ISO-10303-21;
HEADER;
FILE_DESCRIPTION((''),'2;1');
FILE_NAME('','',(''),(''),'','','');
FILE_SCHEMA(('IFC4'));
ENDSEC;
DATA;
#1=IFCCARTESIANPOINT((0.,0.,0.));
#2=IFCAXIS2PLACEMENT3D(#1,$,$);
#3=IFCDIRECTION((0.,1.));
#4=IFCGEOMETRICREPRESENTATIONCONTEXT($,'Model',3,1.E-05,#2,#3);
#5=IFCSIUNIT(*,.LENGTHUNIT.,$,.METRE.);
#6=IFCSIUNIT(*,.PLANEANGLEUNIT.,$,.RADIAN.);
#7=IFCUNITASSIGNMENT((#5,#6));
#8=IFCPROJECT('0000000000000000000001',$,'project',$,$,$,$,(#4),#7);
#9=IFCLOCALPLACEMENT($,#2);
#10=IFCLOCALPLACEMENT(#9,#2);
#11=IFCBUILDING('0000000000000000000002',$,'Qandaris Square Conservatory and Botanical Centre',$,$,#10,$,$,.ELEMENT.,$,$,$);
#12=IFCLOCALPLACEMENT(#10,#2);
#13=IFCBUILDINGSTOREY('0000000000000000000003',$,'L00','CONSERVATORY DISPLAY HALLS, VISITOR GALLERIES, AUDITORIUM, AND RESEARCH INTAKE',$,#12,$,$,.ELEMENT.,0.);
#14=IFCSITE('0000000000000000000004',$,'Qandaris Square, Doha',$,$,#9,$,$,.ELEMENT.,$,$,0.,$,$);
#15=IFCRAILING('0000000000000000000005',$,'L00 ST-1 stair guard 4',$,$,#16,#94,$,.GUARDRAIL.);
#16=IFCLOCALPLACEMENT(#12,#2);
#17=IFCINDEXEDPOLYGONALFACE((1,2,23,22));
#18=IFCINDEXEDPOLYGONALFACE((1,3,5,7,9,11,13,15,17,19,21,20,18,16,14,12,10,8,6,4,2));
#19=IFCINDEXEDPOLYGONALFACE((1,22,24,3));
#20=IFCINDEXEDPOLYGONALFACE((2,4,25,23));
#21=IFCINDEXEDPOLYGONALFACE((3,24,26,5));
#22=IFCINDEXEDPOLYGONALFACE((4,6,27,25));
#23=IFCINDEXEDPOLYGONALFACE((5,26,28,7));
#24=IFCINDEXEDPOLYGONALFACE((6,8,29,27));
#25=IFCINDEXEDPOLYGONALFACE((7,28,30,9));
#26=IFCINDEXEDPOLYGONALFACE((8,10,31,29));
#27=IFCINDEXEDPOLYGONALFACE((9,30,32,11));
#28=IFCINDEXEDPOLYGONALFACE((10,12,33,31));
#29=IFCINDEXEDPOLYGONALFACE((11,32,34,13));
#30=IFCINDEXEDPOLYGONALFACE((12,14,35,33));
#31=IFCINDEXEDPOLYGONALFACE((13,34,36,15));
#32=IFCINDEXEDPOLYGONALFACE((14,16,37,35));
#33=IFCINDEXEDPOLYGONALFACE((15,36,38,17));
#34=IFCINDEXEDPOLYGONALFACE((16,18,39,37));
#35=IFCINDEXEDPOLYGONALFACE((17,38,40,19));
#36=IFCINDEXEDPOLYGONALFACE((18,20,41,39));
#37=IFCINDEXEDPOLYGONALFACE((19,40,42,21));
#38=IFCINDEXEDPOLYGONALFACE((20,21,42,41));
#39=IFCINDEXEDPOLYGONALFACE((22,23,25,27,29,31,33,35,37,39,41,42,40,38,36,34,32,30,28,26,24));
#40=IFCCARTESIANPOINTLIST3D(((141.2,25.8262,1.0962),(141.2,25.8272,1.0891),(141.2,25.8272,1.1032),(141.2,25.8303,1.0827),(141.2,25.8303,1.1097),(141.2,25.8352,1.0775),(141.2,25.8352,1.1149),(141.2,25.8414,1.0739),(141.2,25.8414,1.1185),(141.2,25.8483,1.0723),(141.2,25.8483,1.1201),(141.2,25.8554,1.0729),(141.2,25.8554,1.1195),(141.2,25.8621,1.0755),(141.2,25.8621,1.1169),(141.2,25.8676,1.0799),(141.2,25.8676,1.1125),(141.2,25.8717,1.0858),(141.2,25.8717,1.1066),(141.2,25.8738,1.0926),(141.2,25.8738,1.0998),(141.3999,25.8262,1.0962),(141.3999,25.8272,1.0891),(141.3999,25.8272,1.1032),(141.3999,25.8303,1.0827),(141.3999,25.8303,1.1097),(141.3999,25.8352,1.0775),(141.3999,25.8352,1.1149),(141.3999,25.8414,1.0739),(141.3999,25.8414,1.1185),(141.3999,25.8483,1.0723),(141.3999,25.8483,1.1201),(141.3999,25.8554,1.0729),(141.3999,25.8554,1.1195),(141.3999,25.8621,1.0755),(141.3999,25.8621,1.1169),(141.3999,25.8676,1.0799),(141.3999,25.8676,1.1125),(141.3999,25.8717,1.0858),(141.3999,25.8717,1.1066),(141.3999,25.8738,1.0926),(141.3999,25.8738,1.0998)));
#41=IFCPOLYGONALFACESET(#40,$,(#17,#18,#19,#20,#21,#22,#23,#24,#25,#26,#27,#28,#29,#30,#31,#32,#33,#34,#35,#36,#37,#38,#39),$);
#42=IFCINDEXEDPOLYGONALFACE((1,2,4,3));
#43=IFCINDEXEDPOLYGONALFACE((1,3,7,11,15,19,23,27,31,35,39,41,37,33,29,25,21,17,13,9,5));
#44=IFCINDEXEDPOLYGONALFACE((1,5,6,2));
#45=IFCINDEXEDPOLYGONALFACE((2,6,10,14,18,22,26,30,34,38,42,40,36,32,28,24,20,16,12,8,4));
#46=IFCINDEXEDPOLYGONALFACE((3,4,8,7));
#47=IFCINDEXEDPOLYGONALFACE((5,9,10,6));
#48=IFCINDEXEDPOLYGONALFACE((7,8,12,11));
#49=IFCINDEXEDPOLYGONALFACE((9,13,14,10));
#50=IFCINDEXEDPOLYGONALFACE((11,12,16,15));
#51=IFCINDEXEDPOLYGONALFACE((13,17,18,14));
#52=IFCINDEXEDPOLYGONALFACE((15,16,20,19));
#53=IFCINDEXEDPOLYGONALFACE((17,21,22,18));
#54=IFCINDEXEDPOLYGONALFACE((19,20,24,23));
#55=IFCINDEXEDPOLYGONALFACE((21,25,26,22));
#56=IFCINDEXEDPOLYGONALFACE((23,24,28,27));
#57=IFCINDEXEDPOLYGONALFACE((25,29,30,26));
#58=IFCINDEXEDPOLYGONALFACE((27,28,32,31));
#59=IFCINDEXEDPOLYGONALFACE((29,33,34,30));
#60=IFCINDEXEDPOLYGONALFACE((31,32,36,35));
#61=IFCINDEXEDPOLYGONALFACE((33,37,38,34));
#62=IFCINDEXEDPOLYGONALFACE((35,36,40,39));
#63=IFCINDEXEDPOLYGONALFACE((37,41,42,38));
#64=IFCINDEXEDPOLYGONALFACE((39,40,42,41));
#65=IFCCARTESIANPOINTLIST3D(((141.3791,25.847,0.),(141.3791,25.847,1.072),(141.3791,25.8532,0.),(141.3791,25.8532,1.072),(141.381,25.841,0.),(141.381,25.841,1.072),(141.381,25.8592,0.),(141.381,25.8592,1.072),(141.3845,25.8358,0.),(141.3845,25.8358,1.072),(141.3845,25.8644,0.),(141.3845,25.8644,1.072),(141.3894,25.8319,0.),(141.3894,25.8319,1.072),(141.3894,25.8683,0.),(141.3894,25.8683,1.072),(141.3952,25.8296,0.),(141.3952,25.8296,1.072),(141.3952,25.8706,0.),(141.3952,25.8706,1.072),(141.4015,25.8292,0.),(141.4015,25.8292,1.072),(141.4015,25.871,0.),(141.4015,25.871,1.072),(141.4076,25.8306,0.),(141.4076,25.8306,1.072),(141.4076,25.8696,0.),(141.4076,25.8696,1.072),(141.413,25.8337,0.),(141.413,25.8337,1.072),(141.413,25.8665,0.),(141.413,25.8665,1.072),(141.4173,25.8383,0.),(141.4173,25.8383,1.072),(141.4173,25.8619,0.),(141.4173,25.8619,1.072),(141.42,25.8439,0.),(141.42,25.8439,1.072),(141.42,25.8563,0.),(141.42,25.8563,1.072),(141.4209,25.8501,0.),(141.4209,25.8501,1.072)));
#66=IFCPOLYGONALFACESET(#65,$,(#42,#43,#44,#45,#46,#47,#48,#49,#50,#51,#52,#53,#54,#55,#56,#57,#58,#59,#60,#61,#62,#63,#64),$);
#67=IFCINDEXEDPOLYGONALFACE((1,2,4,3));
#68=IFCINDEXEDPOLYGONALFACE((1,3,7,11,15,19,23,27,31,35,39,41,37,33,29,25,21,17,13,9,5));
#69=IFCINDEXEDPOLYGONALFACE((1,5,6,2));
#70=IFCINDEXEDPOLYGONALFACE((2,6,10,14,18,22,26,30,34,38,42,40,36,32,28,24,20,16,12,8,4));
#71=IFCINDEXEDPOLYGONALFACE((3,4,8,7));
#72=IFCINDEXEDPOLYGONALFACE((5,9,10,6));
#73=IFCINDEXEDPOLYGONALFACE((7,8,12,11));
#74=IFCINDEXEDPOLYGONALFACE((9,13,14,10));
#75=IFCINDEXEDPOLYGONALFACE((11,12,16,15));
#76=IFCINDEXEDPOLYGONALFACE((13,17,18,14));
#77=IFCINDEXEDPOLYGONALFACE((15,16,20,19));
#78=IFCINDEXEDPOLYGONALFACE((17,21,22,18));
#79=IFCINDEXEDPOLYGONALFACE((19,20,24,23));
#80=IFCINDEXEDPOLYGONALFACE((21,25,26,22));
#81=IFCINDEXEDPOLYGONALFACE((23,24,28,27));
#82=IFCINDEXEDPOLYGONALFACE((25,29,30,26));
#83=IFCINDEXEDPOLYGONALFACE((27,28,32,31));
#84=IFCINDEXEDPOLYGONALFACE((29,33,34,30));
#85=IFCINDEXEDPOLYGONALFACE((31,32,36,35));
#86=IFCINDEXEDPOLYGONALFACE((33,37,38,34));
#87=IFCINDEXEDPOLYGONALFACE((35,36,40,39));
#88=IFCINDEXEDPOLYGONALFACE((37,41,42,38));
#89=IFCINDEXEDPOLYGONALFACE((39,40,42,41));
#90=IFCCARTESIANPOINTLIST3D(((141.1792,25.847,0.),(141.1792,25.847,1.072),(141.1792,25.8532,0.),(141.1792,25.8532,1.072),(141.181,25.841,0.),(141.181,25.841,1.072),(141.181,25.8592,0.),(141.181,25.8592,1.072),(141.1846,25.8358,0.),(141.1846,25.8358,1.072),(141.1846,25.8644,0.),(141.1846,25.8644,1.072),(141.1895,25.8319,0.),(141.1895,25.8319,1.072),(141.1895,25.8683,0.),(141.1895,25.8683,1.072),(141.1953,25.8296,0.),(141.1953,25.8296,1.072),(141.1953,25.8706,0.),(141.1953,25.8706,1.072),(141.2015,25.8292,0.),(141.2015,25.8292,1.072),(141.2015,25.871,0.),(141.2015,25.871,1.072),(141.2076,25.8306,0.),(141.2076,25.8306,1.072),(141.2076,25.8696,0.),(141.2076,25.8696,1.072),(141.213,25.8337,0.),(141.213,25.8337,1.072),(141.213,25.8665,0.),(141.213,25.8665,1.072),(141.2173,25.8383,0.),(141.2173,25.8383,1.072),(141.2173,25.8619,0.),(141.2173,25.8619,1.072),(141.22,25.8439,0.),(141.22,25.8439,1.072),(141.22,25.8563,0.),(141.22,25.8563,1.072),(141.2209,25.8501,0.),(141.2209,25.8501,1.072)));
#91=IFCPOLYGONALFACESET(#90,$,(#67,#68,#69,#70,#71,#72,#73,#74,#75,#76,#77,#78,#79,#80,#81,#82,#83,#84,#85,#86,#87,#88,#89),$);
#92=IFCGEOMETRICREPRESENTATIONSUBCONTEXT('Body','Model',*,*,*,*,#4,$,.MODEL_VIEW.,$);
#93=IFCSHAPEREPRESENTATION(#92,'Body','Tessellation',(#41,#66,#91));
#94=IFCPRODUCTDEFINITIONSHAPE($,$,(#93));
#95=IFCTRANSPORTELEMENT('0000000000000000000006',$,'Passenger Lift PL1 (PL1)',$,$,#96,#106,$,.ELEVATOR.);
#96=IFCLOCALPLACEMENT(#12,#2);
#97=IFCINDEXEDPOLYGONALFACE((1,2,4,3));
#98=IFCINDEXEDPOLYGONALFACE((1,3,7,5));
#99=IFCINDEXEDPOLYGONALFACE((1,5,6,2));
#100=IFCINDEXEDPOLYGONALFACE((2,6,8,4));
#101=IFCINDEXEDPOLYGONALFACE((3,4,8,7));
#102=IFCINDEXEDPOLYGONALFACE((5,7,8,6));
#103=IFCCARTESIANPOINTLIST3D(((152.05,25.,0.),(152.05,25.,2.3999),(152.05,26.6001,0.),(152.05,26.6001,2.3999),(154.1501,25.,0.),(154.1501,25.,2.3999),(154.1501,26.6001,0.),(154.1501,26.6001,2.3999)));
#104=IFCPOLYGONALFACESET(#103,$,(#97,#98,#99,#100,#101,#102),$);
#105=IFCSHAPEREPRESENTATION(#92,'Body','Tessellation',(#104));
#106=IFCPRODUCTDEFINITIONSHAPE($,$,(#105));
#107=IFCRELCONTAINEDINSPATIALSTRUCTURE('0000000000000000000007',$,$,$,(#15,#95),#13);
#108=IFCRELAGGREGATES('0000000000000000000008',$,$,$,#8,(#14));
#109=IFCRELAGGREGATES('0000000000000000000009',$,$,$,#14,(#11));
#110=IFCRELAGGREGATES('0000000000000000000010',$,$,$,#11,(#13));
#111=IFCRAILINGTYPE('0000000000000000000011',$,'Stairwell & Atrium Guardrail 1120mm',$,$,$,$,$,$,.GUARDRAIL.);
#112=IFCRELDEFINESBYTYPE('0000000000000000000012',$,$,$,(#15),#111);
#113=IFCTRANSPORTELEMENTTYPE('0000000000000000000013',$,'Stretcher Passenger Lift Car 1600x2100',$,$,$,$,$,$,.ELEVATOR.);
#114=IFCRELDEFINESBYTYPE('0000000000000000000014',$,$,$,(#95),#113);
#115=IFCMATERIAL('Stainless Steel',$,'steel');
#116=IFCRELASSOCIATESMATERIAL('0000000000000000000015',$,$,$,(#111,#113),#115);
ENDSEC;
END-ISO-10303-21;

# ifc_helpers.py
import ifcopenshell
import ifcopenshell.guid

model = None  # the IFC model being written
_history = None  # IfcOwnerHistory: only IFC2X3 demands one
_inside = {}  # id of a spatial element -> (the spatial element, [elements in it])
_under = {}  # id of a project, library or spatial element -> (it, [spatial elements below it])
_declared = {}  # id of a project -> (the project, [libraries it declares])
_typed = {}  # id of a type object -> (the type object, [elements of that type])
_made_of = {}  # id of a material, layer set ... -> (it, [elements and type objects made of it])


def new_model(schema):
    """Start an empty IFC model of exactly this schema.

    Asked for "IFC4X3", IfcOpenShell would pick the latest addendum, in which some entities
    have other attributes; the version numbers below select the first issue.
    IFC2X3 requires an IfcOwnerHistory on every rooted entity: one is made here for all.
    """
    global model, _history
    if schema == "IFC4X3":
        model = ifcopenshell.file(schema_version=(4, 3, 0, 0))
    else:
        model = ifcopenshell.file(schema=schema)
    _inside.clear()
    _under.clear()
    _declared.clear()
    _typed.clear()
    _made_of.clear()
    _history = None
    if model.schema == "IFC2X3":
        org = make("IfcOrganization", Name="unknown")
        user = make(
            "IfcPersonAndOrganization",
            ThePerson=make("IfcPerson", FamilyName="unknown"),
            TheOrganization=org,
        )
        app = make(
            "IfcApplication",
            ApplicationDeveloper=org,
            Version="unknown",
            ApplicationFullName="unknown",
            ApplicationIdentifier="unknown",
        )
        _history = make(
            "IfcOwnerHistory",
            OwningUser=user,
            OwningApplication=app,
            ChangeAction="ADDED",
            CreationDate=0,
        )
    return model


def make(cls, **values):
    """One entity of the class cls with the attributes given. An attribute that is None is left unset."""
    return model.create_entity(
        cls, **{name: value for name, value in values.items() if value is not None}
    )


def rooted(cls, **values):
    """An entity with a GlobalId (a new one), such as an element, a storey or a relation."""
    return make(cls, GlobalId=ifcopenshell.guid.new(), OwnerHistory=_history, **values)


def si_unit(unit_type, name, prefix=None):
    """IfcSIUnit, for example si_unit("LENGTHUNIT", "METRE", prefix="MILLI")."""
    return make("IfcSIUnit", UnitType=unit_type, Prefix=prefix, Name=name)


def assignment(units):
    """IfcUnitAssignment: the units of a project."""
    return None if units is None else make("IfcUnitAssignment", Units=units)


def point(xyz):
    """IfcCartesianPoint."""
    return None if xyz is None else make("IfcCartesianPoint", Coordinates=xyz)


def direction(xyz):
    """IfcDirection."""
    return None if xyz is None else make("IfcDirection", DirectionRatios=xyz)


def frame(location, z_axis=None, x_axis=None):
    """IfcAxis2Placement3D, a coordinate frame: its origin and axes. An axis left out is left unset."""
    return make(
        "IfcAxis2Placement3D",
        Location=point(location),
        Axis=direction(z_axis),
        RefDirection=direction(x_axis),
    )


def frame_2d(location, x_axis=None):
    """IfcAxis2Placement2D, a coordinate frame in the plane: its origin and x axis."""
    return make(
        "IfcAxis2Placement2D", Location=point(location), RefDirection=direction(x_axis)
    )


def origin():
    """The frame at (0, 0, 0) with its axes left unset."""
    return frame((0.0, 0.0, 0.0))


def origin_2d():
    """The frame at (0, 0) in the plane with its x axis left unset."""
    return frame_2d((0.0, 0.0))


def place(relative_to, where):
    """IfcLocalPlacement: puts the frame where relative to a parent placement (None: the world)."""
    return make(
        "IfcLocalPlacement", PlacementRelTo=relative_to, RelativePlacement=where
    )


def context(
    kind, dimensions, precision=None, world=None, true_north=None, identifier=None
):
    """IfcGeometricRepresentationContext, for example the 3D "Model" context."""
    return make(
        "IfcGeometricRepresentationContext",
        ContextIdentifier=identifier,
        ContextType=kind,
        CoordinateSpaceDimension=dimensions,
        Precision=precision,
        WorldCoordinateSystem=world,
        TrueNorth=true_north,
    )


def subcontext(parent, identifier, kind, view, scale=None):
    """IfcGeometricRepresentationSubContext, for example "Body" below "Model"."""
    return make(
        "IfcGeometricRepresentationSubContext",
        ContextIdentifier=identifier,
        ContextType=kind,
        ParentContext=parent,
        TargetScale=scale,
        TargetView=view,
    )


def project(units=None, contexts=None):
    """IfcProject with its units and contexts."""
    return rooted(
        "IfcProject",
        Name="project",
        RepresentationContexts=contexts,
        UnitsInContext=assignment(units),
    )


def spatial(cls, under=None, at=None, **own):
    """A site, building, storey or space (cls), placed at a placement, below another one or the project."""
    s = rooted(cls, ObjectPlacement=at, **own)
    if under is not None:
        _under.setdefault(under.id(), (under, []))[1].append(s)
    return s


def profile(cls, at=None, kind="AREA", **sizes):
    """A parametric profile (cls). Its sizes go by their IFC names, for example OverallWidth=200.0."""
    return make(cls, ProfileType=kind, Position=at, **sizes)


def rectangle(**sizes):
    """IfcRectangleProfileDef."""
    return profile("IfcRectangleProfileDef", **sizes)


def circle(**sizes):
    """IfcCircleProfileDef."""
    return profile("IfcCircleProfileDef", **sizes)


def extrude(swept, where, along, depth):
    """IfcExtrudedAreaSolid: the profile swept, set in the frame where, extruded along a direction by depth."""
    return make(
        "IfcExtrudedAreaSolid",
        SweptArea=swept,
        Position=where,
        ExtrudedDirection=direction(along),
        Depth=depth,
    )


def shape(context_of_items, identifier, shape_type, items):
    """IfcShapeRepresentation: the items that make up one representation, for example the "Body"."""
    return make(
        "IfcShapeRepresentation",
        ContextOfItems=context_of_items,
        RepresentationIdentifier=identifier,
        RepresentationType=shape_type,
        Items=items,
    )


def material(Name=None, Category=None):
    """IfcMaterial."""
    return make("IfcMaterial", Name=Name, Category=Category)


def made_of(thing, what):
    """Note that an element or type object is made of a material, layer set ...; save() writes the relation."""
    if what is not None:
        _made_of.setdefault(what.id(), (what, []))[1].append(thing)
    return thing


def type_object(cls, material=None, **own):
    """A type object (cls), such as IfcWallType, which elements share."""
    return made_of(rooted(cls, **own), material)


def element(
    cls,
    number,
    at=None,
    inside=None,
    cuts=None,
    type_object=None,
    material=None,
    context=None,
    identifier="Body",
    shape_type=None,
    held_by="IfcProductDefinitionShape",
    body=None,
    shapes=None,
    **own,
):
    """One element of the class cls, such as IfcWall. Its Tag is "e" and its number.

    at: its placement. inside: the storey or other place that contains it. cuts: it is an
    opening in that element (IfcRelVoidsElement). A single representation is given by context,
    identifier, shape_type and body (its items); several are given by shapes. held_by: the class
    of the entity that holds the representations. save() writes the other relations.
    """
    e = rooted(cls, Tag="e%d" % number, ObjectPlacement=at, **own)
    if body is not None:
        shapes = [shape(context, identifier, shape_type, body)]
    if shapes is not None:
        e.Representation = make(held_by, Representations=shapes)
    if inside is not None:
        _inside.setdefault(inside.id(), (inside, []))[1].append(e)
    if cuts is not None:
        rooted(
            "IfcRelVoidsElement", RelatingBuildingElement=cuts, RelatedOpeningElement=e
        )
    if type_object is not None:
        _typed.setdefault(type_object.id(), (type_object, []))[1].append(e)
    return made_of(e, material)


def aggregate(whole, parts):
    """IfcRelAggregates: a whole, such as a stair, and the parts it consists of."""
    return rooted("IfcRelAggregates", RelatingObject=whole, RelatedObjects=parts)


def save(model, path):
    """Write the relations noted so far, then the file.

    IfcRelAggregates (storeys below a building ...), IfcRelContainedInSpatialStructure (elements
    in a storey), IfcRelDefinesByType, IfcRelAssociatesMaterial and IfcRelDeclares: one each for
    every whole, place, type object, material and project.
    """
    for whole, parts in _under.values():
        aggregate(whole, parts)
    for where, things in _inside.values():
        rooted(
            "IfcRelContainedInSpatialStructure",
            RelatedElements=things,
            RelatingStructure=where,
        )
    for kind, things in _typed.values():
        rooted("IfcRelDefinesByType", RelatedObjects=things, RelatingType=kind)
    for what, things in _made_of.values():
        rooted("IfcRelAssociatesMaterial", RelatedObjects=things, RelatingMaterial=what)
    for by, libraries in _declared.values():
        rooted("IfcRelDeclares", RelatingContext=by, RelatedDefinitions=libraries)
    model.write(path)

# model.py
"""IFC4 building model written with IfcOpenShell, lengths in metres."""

from ifc_helpers import new_model, si_unit, direction, frame, origin, origin_2d, place, context, subcontext, project, spatial, rectangle, circle, extrude, material, type_object, element, save


model = new_model("IFC4")

# Units and contexts
model_context = context("Model", 3, precision=1e-05, world=origin(), true_north=direction((0.0, 1.0)))
body_context = subcontext(model_context, "Body", "Model", "MODEL_VIEW")
ifc_project = project(units=[si_unit("LENGTHUNIT", "METRE"), si_unit("PLANEANGLEUNIT", "RADIAN")], contexts=[model_context])

# Site, building, storey
site_placement = place(None, origin())
site = spatial("IfcSite", under=ifc_project, at=site_placement, Name="Qandaris Square, Doha", CompositionType="ELEMENT", RefElevation=0.0)
building_placement = place(site_placement, origin())
building = spatial("IfcBuilding", under=site, at=building_placement, Name="Qandaris Square Conservatory and Botanical Centre", CompositionType="ELEMENT")
storey_placement = place(building_placement, origin())
storey = spatial("IfcBuildingStorey", under=building, at=storey_placement, Name="L00", Description="CONSERVATORY DISPLAY HALLS, VISITOR GALLERIES, AUDITORIUM, AND RESEARCH INTAKE", CompositionType="ELEMENT", Elevation=0.0)

# Railing
ifc_material_1 = material(Name="Stainless Steel", Category="steel")
railing_type_1 = type_object("IfcRailingType", Name="Stairwell & Atrium Guardrail 1120mm", PredefinedType="GUARDRAIL", material=ifc_material_1)
railing_1_placement = place(storey_placement, frame((141.3999, 25.8501, 0.0)))
element("IfcRailing", 1, at=railing_1_placement, inside=storey, type_object=railing_type_1, Name="L00 ST-1 stair guard 4", PredefinedType="GUARDRAIL", context=body_context, shape_type="SweptSolid", body=[
    extrude(circle(Radius=0.0239, at=origin_2d()), frame((0.0, 0.0, 1.0962), z_axis=(-1.0, 0.0, 0.0), x_axis=(0.0, -1.0, 0.0)), (0.0, 0.0, 1.0), 0.2),
    extrude(circle(Radius=0.021, at=origin_2d()), origin(), (0.0, 0.0, 1.0), 1.072),
    extrude(circle(Radius=0.021, at=origin_2d()), frame((-0.2, 0.0, 0.0)), (0.0, 0.0, 1.0), 1.072),
])

# Transport element
transport_element_type = type_object("IfcTransportElementType", Name="Stretcher Passenger Lift Car 1600x2100", PredefinedType="ELEVATOR", material=ifc_material_1)
transport_element_placement = place(storey_placement, frame((153.1001, 25.8, 0.0), z_axis=(0.0, 0.0, 1.0), x_axis=(1.0, 0.0, 0.0)))
element("IfcTransportElement", 2, at=transport_element_placement, inside=storey, type_object=transport_element_type, Name="Passenger Lift PL1 (PL1)", PredefinedType="ELEVATOR", context=body_context, shape_type="SweptSolid", body=[
    extrude(rectangle(XDim=2.1001, YDim=1.6001, at=origin_2d()), origin(), (0.0, 0.0, 1.0), 2.3999),
])

save(model, "model.ifc")
